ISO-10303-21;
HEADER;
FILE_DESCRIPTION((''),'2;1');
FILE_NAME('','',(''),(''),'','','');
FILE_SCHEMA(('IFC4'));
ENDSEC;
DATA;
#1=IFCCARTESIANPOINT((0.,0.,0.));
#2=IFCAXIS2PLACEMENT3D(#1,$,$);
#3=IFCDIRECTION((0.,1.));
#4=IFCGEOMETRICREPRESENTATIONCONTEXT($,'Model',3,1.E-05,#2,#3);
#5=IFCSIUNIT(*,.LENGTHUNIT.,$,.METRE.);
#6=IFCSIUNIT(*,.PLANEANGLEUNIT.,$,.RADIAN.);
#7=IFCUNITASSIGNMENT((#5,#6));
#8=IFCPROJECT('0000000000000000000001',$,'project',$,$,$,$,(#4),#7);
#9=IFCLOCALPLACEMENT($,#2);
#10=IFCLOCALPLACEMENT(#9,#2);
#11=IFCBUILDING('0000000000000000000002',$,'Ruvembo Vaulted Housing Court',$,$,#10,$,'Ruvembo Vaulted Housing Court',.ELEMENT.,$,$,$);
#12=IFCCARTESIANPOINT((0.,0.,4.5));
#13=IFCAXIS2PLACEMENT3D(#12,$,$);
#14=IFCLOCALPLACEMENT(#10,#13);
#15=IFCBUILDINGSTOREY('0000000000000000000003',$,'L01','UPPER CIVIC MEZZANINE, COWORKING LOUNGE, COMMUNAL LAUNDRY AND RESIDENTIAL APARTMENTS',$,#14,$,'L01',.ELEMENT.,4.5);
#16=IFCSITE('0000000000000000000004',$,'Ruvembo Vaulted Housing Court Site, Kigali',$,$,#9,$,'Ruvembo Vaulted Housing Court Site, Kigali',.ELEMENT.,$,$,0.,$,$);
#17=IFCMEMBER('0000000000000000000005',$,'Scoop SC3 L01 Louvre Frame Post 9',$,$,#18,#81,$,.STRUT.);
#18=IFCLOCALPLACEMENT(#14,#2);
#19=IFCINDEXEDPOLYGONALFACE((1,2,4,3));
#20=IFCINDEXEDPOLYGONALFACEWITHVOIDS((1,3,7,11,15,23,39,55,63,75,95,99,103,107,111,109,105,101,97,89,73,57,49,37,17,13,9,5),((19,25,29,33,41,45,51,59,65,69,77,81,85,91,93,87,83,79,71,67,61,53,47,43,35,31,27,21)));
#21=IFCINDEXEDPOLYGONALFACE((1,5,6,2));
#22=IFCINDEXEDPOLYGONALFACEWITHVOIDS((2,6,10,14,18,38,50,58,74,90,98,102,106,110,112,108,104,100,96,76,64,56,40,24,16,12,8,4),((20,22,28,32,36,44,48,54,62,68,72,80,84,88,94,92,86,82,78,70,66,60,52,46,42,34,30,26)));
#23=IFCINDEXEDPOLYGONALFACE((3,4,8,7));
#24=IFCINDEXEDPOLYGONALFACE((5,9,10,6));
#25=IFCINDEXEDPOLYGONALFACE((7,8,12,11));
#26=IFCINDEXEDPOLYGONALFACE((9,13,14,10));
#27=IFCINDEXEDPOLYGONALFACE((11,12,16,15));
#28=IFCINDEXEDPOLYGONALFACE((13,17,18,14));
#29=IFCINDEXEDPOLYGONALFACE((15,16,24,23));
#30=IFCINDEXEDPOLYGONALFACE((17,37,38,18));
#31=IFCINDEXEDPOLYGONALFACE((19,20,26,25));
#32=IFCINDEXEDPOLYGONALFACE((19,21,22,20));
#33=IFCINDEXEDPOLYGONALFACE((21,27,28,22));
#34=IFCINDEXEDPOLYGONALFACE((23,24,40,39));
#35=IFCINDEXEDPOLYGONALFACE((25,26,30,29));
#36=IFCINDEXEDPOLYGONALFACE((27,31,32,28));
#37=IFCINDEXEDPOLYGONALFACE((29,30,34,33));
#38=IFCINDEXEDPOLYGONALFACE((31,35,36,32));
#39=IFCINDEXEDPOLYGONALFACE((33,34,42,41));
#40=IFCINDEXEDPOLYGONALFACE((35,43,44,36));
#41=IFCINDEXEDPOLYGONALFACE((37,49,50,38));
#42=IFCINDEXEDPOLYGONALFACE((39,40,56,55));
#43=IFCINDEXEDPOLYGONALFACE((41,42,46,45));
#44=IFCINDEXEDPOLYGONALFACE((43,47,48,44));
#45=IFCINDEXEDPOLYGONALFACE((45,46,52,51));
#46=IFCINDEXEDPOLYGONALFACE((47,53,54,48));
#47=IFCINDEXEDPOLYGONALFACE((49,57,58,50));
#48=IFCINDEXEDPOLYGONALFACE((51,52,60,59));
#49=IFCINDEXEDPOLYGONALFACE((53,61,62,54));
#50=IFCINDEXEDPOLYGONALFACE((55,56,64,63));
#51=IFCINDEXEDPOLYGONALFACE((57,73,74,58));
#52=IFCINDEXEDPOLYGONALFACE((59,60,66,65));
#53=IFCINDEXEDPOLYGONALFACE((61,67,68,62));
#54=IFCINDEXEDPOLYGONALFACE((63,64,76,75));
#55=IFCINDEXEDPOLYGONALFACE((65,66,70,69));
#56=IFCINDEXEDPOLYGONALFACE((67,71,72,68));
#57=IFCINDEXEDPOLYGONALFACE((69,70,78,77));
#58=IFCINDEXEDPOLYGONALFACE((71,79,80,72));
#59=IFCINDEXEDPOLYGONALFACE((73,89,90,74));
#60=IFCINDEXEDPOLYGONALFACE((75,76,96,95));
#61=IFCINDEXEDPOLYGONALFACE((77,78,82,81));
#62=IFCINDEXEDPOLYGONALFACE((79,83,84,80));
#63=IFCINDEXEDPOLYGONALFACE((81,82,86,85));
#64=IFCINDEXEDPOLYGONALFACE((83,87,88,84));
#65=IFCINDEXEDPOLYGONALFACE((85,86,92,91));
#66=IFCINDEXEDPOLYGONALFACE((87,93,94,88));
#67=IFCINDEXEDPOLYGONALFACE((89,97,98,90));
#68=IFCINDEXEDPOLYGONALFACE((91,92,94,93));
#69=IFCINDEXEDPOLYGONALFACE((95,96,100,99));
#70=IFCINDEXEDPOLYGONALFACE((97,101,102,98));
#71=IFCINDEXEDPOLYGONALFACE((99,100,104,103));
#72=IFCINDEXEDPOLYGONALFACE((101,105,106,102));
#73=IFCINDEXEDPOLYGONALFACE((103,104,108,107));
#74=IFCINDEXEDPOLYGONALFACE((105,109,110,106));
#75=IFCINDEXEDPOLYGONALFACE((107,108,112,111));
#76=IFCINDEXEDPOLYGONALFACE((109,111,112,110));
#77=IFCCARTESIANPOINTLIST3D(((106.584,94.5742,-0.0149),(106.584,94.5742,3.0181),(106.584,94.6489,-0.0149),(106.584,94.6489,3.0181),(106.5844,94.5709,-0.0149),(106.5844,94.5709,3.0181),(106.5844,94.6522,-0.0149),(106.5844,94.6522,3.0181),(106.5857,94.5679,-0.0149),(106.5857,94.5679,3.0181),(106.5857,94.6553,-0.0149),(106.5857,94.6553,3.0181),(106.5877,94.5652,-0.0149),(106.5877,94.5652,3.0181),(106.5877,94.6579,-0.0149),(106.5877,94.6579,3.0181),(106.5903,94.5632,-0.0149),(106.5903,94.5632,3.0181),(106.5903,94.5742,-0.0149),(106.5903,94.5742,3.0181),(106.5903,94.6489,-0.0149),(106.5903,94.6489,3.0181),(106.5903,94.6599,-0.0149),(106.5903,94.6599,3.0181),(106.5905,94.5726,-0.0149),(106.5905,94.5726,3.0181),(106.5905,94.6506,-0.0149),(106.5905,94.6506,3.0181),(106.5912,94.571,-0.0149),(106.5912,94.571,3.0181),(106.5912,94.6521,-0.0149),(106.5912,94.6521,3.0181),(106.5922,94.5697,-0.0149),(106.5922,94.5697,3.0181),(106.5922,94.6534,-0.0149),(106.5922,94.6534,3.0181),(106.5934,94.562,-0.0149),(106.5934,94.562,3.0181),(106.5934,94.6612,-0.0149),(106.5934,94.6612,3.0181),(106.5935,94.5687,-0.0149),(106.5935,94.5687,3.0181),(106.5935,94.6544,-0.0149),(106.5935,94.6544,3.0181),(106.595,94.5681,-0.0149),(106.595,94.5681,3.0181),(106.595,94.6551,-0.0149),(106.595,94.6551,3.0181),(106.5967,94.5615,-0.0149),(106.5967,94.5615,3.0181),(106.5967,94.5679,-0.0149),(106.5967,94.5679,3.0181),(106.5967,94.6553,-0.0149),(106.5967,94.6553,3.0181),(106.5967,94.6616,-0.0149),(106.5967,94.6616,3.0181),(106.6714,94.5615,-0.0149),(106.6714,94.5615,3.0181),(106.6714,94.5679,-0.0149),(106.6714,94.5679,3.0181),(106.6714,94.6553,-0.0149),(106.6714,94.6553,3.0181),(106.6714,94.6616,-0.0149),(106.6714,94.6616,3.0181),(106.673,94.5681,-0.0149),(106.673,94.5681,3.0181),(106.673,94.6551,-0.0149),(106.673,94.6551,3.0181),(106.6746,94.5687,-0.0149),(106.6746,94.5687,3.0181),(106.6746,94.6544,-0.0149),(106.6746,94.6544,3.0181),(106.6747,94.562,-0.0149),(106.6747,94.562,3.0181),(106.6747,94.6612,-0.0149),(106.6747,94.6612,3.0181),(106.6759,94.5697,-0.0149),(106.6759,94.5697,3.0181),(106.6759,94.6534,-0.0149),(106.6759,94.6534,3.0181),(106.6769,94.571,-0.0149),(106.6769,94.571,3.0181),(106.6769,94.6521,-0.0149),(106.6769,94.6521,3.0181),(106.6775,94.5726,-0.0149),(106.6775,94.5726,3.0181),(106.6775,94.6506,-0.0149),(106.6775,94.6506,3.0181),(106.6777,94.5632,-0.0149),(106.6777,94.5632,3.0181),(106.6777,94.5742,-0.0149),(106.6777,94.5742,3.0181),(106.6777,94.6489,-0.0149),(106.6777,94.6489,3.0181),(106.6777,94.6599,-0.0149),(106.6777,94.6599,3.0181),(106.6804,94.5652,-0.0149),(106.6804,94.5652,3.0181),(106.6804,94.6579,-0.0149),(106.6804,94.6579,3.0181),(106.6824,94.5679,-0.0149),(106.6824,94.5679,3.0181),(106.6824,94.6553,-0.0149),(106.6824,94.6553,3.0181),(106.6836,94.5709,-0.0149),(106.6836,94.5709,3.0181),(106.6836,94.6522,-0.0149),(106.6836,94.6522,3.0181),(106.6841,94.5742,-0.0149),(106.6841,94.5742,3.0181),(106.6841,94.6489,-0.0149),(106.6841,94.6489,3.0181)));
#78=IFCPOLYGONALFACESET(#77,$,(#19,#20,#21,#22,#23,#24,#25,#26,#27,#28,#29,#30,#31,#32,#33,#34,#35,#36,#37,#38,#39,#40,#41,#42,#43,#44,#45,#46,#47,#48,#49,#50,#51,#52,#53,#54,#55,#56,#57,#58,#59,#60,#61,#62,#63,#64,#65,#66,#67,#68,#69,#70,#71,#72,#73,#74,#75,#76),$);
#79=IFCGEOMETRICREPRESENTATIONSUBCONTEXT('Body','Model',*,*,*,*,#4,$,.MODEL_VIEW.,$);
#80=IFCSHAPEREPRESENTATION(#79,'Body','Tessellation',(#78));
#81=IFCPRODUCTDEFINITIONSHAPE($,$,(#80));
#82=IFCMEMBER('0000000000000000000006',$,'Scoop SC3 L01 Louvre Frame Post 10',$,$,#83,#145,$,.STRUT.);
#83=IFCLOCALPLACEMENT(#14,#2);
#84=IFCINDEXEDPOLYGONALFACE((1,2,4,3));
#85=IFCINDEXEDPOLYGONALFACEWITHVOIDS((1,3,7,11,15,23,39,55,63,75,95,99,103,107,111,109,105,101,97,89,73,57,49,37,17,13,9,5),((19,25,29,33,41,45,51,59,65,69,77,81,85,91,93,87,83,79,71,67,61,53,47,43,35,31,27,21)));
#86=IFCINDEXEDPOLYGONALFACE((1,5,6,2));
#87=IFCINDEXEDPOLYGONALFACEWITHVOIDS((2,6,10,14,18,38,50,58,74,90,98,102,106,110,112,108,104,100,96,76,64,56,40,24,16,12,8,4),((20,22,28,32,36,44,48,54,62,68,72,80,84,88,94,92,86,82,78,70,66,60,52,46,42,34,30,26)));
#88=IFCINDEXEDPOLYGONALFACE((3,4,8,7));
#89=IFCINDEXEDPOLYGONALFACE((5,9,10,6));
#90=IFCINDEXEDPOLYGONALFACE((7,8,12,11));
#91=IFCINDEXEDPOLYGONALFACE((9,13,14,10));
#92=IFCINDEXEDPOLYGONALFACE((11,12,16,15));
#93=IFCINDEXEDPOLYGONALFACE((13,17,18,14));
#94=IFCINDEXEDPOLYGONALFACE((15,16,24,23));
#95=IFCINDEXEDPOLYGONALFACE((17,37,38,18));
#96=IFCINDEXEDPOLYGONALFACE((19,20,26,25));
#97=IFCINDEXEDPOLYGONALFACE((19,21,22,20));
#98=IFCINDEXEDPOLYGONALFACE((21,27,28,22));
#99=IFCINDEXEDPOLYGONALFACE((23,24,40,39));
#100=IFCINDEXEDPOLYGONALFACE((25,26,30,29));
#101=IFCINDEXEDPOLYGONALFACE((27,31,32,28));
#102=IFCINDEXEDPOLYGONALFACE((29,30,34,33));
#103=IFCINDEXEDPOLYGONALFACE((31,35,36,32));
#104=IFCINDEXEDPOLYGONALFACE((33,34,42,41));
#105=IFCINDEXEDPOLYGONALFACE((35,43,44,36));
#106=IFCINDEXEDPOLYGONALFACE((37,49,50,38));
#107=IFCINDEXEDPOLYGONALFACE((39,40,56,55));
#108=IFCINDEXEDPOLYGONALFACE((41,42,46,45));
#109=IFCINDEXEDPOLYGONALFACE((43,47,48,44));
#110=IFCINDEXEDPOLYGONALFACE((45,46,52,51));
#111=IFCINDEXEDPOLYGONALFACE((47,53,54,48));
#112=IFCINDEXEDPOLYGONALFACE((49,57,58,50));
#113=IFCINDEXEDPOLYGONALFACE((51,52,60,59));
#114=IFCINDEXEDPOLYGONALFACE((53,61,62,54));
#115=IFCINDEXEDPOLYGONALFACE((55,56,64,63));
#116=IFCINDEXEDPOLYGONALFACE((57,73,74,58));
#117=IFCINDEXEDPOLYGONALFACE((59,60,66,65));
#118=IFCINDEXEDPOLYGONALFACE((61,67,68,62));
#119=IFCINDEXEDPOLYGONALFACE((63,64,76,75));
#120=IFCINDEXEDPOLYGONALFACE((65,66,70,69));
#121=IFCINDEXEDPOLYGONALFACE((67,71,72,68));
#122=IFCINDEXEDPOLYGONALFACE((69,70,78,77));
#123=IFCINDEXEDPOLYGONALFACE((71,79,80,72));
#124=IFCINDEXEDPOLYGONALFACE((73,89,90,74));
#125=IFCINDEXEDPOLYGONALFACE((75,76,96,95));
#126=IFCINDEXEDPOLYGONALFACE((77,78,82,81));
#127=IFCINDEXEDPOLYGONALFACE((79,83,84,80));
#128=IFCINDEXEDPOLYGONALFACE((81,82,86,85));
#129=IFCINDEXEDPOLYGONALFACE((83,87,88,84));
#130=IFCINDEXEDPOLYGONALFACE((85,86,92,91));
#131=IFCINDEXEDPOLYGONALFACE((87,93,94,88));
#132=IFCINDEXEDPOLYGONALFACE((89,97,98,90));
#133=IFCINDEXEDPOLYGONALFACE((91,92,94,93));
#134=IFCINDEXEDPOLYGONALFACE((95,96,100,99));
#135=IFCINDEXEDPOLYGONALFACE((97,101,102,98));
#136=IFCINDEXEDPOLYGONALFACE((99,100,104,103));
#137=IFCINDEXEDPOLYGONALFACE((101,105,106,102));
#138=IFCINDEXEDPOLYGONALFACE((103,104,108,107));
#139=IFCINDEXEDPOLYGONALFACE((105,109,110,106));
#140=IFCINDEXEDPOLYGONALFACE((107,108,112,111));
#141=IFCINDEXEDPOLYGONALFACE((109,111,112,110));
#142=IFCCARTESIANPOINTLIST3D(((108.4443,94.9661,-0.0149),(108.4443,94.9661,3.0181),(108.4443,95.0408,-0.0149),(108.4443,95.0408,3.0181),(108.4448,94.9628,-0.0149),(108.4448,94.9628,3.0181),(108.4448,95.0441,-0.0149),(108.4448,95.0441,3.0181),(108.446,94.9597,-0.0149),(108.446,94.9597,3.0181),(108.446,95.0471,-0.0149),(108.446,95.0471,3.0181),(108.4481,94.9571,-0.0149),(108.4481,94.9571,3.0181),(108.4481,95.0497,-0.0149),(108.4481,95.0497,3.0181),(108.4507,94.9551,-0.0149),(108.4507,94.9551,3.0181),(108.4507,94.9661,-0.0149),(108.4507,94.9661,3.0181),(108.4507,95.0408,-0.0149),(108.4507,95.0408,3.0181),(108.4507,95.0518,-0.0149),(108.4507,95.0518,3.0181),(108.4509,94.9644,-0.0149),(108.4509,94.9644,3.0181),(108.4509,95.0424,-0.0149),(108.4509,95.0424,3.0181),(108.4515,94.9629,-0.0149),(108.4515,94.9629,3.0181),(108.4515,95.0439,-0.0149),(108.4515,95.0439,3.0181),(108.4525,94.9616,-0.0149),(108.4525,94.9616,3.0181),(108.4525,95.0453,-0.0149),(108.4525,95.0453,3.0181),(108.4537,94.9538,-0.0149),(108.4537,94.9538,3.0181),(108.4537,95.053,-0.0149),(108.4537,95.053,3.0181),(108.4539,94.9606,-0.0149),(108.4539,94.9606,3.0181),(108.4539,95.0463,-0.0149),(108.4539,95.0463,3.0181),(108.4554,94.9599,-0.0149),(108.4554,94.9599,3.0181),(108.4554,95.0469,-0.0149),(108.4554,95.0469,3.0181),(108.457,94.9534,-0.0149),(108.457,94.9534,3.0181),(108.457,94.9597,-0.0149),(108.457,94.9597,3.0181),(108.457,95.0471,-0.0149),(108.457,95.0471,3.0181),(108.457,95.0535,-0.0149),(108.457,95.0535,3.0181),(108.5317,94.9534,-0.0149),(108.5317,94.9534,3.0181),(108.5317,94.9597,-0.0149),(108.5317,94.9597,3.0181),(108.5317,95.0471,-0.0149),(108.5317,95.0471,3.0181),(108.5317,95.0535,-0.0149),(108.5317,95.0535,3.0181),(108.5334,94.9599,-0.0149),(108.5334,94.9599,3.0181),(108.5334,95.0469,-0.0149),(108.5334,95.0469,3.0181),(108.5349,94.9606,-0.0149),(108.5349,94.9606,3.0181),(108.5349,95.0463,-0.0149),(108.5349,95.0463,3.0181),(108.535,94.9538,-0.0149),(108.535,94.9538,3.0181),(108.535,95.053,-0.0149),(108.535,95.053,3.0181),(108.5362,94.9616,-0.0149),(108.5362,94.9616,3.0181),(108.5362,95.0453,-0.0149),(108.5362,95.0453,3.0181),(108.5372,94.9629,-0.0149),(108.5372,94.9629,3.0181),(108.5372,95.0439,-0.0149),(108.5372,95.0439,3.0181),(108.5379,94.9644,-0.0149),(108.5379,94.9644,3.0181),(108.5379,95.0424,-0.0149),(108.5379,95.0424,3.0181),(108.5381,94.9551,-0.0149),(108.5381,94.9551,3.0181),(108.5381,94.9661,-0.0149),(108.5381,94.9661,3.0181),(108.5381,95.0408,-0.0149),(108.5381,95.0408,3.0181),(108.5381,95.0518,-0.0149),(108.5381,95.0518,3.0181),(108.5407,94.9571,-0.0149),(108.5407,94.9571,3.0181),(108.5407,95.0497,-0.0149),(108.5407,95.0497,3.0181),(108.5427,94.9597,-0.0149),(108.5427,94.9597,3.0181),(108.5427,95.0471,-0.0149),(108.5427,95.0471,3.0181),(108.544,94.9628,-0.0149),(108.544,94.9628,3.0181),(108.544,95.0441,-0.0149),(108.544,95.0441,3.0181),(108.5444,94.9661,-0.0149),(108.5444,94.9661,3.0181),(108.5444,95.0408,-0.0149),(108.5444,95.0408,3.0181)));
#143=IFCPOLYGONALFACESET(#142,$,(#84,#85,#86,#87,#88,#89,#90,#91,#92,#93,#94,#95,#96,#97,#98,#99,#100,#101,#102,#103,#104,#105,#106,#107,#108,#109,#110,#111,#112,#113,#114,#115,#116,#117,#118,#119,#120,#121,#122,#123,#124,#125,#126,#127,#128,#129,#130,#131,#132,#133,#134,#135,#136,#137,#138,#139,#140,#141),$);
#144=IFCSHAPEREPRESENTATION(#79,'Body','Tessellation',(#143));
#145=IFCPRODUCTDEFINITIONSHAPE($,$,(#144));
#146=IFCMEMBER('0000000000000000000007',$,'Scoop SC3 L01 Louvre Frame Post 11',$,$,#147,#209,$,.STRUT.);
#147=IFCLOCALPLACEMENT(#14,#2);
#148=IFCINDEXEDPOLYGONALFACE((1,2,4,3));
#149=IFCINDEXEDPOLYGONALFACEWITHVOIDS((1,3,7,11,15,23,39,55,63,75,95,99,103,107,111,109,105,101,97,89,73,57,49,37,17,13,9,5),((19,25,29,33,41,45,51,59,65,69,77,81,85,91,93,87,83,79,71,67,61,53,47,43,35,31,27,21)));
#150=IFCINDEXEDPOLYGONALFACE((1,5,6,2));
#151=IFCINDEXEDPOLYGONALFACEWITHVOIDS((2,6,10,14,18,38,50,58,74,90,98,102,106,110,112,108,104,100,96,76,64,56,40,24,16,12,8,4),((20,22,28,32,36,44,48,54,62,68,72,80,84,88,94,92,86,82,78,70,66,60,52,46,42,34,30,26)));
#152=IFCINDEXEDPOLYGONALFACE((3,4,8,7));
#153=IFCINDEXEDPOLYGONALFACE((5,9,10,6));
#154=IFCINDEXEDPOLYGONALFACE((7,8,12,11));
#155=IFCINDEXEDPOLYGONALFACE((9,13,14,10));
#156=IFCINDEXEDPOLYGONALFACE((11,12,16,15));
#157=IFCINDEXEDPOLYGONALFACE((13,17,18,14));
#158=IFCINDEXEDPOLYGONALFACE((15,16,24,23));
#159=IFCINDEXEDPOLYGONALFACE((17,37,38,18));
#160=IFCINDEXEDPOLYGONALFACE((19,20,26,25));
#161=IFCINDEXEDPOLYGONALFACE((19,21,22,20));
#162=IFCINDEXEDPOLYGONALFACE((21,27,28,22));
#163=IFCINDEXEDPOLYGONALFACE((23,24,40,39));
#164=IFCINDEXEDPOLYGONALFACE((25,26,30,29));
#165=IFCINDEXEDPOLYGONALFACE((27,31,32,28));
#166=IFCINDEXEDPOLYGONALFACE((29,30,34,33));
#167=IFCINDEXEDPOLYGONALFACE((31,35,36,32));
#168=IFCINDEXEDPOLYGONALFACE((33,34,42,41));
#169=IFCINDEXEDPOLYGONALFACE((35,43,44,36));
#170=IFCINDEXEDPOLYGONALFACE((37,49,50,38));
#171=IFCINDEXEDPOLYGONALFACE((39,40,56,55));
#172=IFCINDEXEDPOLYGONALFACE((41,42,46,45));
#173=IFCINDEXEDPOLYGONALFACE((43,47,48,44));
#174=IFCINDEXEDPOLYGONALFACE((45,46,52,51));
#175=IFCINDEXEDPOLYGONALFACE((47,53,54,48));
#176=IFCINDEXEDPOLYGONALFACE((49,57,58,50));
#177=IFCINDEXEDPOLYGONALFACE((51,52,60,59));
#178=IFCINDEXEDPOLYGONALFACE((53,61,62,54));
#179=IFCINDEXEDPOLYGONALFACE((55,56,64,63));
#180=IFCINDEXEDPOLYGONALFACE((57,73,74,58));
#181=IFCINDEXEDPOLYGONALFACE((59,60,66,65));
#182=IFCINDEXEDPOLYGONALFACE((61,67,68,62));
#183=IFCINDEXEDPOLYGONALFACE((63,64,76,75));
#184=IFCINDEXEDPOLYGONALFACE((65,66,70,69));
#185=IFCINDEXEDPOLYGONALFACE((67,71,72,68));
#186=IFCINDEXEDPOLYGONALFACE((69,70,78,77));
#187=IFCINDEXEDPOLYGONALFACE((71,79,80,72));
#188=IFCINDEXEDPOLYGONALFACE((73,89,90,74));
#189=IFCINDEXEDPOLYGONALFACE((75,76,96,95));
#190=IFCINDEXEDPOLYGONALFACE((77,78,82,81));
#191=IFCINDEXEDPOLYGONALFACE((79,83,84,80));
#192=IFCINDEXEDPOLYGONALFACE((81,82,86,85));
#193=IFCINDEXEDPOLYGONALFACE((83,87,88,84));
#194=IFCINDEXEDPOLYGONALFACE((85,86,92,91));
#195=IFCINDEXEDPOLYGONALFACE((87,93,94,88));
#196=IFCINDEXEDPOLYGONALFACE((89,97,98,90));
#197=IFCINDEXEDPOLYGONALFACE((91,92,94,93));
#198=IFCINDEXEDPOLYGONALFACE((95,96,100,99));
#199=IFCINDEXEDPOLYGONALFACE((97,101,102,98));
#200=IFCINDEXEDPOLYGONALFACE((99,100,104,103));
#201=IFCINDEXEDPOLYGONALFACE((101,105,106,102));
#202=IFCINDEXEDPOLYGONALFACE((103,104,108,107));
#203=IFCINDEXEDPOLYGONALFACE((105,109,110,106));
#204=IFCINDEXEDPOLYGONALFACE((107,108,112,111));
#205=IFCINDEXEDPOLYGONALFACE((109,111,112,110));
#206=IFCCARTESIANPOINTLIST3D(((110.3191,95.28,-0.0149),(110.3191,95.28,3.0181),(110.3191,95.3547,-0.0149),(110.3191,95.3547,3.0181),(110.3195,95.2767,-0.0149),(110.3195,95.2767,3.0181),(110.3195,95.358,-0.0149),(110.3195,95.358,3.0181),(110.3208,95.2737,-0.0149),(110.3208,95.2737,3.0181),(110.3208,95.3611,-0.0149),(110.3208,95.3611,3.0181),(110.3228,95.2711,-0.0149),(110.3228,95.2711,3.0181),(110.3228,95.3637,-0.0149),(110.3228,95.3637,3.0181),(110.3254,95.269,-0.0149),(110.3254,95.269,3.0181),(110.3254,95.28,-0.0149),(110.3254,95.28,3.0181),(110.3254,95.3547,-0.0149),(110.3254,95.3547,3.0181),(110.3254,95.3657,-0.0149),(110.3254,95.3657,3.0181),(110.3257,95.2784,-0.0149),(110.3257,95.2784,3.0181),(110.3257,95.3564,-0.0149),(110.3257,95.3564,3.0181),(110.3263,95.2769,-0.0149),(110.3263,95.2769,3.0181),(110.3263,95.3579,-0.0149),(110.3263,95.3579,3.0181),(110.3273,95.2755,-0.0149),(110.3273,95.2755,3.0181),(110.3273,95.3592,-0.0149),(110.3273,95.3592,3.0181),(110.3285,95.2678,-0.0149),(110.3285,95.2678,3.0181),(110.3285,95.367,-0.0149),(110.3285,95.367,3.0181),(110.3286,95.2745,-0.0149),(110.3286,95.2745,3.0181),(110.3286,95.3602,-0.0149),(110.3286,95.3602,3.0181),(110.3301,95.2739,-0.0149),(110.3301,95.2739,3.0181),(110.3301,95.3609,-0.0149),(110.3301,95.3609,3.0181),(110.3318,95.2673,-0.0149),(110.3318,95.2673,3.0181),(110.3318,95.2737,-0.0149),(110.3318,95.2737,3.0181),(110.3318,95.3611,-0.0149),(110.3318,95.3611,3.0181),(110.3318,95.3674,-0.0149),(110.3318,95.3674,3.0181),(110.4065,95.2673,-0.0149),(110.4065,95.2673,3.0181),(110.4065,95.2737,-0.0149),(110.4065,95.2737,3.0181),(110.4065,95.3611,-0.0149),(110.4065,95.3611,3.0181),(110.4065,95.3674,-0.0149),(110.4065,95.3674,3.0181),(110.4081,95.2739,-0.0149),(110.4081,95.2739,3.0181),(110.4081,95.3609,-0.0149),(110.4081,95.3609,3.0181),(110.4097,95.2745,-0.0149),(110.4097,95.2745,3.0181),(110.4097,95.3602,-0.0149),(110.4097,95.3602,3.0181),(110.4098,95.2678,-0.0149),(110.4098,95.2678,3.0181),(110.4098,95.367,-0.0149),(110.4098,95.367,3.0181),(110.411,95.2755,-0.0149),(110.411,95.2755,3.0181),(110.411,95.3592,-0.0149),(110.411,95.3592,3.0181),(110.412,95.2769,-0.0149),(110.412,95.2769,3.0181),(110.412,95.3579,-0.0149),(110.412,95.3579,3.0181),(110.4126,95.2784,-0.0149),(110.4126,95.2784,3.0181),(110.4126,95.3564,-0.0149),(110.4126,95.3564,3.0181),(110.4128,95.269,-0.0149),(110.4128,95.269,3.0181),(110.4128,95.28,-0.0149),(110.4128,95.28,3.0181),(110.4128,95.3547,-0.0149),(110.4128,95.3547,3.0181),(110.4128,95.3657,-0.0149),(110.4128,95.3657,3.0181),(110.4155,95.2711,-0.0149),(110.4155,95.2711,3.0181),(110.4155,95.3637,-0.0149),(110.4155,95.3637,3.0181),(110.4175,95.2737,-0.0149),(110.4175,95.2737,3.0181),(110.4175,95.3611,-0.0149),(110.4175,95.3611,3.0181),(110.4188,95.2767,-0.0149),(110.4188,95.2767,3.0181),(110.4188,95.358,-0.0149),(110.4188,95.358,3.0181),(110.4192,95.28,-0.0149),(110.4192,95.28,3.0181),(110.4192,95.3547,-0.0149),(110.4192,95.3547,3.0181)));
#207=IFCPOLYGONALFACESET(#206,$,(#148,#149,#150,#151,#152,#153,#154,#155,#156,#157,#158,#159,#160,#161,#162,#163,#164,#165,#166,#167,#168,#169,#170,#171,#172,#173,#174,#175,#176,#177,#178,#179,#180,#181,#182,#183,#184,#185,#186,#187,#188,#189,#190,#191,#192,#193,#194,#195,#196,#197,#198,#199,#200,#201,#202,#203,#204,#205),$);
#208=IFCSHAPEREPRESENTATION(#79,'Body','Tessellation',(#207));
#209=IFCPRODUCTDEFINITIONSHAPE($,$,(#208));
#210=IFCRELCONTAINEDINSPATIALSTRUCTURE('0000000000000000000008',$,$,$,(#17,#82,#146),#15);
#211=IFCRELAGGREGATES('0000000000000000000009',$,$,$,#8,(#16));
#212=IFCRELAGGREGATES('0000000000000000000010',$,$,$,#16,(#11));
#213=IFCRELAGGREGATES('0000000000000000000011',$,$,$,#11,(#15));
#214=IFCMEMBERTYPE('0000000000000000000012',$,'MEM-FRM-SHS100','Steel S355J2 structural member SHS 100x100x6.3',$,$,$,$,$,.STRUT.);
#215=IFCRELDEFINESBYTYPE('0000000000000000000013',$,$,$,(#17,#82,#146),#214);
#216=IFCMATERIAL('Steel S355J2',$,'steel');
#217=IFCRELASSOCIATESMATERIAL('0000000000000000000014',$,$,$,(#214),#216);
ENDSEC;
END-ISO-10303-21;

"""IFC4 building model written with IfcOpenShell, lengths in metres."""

from ifc_helpers import new_model, si_unit, direction, frame, origin, origin_2d, place, context, subcontext, project, spatial, hollow_rectangle, extrude, material, material_profile, profile_set, type_object, element, save


model = new_model("IFC4")

# Units and contexts
model_context = context("Model", 3, precision=1e-05, world=origin(), true_north=direction((0.0, 1.0)))
body_context = subcontext(model_context, "Body", "Model", "MODEL_VIEW")
ifc_project = project(units=[si_unit("LENGTHUNIT", "METRE"), si_unit("PLANEANGLEUNIT", "RADIAN")], contexts=[model_context])

# Site, building, storey
site_placement = place(None, origin())
site = spatial("IfcSite", under=ifc_project, at=site_placement, Name="Ruvembo Vaulted Housing Court Site, Kigali", LongName="Ruvembo Vaulted Housing Court Site, Kigali", CompositionType="ELEMENT", RefElevation=0.0)
building_placement = place(site_placement, origin())
building = spatial("IfcBuilding", under=site, at=building_placement, Name="Ruvembo Vaulted Housing Court", LongName="Ruvembo Vaulted Housing Court", CompositionType="ELEMENT")
storey_placement = place(building_placement, frame((0.0, 0.0, 4.5)))
storey = spatial("IfcBuildingStorey", under=building, at=storey_placement, Name="L01", Description="UPPER CIVIC MEZZANINE, COWORKING LOUNGE, COMMUNAL LAUNDRY AND RESIDENTIAL APARTMENTS", LongName="L01", CompositionType="ELEMENT", Elevation=4.5)

# Shared definitions
ifc_material_1 = material(Name="Steel S355J2", Category="steel")

# Members
ifc_material_profile_1 = material_profile(ifc_material_1, hollow_rectangle(XDim=0.1001, YDim=0.1001, WallThickness=0.0063, InnerFilletRadius=0.0063, OuterFilletRadius=0.0127, at=origin_2d()), Name="SHS 100x100x6.3")
ifc_profile_set_1 = profile_set([ifc_material_profile_1], Name="Steel S355J2")
member_type_1 = type_object("IfcMemberType", Name="MEM-FRM-SHS100", Description="Steel S355J2 structural member SHS 100x100x6.3", PredefinedType="STRUT", material=ifc_profile_set_1)
for number, where, z_axis, x_axis, name in (
    (1, (106.634, 94.6116, -0.0149), (0.0, 0.0, 1.0), (1.0, 0.0, 0.0), "Scoop SC3 L01 Louvre Frame Post 9"),
    (2, (108.4944, 95.0034, -0.0149), (0.0, 0.0, 1.0), (1.0, 0.0, 0.0), "Scoop SC3 L01 Louvre Frame Post 10"),
    (3, (110.3691, 95.3174, -0.0149), (0.0, 0.0, 1.0), (1.0, 0.0, 0.0), "Scoop SC3 L01 Louvre Frame Post 11"),
):
    element("IfcMember", number, at=place(storey_placement, frame(where, z_axis=z_axis, x_axis=x_axis)), inside=storey, type_object=member_type_1, Name=name, PredefinedType="STRUT", context=body_context, shape_type="SweptSolid", body=[
        extrude(hollow_rectangle(XDim=0.1001, YDim=0.1001, WallThickness=0.0063, InnerFilletRadius=0.0063, OuterFilletRadius=0.0127, at=origin_2d()), origin(), (0.0, 0.0, 1.0), 3.033),
    ])

save(model, "model.ifc")
